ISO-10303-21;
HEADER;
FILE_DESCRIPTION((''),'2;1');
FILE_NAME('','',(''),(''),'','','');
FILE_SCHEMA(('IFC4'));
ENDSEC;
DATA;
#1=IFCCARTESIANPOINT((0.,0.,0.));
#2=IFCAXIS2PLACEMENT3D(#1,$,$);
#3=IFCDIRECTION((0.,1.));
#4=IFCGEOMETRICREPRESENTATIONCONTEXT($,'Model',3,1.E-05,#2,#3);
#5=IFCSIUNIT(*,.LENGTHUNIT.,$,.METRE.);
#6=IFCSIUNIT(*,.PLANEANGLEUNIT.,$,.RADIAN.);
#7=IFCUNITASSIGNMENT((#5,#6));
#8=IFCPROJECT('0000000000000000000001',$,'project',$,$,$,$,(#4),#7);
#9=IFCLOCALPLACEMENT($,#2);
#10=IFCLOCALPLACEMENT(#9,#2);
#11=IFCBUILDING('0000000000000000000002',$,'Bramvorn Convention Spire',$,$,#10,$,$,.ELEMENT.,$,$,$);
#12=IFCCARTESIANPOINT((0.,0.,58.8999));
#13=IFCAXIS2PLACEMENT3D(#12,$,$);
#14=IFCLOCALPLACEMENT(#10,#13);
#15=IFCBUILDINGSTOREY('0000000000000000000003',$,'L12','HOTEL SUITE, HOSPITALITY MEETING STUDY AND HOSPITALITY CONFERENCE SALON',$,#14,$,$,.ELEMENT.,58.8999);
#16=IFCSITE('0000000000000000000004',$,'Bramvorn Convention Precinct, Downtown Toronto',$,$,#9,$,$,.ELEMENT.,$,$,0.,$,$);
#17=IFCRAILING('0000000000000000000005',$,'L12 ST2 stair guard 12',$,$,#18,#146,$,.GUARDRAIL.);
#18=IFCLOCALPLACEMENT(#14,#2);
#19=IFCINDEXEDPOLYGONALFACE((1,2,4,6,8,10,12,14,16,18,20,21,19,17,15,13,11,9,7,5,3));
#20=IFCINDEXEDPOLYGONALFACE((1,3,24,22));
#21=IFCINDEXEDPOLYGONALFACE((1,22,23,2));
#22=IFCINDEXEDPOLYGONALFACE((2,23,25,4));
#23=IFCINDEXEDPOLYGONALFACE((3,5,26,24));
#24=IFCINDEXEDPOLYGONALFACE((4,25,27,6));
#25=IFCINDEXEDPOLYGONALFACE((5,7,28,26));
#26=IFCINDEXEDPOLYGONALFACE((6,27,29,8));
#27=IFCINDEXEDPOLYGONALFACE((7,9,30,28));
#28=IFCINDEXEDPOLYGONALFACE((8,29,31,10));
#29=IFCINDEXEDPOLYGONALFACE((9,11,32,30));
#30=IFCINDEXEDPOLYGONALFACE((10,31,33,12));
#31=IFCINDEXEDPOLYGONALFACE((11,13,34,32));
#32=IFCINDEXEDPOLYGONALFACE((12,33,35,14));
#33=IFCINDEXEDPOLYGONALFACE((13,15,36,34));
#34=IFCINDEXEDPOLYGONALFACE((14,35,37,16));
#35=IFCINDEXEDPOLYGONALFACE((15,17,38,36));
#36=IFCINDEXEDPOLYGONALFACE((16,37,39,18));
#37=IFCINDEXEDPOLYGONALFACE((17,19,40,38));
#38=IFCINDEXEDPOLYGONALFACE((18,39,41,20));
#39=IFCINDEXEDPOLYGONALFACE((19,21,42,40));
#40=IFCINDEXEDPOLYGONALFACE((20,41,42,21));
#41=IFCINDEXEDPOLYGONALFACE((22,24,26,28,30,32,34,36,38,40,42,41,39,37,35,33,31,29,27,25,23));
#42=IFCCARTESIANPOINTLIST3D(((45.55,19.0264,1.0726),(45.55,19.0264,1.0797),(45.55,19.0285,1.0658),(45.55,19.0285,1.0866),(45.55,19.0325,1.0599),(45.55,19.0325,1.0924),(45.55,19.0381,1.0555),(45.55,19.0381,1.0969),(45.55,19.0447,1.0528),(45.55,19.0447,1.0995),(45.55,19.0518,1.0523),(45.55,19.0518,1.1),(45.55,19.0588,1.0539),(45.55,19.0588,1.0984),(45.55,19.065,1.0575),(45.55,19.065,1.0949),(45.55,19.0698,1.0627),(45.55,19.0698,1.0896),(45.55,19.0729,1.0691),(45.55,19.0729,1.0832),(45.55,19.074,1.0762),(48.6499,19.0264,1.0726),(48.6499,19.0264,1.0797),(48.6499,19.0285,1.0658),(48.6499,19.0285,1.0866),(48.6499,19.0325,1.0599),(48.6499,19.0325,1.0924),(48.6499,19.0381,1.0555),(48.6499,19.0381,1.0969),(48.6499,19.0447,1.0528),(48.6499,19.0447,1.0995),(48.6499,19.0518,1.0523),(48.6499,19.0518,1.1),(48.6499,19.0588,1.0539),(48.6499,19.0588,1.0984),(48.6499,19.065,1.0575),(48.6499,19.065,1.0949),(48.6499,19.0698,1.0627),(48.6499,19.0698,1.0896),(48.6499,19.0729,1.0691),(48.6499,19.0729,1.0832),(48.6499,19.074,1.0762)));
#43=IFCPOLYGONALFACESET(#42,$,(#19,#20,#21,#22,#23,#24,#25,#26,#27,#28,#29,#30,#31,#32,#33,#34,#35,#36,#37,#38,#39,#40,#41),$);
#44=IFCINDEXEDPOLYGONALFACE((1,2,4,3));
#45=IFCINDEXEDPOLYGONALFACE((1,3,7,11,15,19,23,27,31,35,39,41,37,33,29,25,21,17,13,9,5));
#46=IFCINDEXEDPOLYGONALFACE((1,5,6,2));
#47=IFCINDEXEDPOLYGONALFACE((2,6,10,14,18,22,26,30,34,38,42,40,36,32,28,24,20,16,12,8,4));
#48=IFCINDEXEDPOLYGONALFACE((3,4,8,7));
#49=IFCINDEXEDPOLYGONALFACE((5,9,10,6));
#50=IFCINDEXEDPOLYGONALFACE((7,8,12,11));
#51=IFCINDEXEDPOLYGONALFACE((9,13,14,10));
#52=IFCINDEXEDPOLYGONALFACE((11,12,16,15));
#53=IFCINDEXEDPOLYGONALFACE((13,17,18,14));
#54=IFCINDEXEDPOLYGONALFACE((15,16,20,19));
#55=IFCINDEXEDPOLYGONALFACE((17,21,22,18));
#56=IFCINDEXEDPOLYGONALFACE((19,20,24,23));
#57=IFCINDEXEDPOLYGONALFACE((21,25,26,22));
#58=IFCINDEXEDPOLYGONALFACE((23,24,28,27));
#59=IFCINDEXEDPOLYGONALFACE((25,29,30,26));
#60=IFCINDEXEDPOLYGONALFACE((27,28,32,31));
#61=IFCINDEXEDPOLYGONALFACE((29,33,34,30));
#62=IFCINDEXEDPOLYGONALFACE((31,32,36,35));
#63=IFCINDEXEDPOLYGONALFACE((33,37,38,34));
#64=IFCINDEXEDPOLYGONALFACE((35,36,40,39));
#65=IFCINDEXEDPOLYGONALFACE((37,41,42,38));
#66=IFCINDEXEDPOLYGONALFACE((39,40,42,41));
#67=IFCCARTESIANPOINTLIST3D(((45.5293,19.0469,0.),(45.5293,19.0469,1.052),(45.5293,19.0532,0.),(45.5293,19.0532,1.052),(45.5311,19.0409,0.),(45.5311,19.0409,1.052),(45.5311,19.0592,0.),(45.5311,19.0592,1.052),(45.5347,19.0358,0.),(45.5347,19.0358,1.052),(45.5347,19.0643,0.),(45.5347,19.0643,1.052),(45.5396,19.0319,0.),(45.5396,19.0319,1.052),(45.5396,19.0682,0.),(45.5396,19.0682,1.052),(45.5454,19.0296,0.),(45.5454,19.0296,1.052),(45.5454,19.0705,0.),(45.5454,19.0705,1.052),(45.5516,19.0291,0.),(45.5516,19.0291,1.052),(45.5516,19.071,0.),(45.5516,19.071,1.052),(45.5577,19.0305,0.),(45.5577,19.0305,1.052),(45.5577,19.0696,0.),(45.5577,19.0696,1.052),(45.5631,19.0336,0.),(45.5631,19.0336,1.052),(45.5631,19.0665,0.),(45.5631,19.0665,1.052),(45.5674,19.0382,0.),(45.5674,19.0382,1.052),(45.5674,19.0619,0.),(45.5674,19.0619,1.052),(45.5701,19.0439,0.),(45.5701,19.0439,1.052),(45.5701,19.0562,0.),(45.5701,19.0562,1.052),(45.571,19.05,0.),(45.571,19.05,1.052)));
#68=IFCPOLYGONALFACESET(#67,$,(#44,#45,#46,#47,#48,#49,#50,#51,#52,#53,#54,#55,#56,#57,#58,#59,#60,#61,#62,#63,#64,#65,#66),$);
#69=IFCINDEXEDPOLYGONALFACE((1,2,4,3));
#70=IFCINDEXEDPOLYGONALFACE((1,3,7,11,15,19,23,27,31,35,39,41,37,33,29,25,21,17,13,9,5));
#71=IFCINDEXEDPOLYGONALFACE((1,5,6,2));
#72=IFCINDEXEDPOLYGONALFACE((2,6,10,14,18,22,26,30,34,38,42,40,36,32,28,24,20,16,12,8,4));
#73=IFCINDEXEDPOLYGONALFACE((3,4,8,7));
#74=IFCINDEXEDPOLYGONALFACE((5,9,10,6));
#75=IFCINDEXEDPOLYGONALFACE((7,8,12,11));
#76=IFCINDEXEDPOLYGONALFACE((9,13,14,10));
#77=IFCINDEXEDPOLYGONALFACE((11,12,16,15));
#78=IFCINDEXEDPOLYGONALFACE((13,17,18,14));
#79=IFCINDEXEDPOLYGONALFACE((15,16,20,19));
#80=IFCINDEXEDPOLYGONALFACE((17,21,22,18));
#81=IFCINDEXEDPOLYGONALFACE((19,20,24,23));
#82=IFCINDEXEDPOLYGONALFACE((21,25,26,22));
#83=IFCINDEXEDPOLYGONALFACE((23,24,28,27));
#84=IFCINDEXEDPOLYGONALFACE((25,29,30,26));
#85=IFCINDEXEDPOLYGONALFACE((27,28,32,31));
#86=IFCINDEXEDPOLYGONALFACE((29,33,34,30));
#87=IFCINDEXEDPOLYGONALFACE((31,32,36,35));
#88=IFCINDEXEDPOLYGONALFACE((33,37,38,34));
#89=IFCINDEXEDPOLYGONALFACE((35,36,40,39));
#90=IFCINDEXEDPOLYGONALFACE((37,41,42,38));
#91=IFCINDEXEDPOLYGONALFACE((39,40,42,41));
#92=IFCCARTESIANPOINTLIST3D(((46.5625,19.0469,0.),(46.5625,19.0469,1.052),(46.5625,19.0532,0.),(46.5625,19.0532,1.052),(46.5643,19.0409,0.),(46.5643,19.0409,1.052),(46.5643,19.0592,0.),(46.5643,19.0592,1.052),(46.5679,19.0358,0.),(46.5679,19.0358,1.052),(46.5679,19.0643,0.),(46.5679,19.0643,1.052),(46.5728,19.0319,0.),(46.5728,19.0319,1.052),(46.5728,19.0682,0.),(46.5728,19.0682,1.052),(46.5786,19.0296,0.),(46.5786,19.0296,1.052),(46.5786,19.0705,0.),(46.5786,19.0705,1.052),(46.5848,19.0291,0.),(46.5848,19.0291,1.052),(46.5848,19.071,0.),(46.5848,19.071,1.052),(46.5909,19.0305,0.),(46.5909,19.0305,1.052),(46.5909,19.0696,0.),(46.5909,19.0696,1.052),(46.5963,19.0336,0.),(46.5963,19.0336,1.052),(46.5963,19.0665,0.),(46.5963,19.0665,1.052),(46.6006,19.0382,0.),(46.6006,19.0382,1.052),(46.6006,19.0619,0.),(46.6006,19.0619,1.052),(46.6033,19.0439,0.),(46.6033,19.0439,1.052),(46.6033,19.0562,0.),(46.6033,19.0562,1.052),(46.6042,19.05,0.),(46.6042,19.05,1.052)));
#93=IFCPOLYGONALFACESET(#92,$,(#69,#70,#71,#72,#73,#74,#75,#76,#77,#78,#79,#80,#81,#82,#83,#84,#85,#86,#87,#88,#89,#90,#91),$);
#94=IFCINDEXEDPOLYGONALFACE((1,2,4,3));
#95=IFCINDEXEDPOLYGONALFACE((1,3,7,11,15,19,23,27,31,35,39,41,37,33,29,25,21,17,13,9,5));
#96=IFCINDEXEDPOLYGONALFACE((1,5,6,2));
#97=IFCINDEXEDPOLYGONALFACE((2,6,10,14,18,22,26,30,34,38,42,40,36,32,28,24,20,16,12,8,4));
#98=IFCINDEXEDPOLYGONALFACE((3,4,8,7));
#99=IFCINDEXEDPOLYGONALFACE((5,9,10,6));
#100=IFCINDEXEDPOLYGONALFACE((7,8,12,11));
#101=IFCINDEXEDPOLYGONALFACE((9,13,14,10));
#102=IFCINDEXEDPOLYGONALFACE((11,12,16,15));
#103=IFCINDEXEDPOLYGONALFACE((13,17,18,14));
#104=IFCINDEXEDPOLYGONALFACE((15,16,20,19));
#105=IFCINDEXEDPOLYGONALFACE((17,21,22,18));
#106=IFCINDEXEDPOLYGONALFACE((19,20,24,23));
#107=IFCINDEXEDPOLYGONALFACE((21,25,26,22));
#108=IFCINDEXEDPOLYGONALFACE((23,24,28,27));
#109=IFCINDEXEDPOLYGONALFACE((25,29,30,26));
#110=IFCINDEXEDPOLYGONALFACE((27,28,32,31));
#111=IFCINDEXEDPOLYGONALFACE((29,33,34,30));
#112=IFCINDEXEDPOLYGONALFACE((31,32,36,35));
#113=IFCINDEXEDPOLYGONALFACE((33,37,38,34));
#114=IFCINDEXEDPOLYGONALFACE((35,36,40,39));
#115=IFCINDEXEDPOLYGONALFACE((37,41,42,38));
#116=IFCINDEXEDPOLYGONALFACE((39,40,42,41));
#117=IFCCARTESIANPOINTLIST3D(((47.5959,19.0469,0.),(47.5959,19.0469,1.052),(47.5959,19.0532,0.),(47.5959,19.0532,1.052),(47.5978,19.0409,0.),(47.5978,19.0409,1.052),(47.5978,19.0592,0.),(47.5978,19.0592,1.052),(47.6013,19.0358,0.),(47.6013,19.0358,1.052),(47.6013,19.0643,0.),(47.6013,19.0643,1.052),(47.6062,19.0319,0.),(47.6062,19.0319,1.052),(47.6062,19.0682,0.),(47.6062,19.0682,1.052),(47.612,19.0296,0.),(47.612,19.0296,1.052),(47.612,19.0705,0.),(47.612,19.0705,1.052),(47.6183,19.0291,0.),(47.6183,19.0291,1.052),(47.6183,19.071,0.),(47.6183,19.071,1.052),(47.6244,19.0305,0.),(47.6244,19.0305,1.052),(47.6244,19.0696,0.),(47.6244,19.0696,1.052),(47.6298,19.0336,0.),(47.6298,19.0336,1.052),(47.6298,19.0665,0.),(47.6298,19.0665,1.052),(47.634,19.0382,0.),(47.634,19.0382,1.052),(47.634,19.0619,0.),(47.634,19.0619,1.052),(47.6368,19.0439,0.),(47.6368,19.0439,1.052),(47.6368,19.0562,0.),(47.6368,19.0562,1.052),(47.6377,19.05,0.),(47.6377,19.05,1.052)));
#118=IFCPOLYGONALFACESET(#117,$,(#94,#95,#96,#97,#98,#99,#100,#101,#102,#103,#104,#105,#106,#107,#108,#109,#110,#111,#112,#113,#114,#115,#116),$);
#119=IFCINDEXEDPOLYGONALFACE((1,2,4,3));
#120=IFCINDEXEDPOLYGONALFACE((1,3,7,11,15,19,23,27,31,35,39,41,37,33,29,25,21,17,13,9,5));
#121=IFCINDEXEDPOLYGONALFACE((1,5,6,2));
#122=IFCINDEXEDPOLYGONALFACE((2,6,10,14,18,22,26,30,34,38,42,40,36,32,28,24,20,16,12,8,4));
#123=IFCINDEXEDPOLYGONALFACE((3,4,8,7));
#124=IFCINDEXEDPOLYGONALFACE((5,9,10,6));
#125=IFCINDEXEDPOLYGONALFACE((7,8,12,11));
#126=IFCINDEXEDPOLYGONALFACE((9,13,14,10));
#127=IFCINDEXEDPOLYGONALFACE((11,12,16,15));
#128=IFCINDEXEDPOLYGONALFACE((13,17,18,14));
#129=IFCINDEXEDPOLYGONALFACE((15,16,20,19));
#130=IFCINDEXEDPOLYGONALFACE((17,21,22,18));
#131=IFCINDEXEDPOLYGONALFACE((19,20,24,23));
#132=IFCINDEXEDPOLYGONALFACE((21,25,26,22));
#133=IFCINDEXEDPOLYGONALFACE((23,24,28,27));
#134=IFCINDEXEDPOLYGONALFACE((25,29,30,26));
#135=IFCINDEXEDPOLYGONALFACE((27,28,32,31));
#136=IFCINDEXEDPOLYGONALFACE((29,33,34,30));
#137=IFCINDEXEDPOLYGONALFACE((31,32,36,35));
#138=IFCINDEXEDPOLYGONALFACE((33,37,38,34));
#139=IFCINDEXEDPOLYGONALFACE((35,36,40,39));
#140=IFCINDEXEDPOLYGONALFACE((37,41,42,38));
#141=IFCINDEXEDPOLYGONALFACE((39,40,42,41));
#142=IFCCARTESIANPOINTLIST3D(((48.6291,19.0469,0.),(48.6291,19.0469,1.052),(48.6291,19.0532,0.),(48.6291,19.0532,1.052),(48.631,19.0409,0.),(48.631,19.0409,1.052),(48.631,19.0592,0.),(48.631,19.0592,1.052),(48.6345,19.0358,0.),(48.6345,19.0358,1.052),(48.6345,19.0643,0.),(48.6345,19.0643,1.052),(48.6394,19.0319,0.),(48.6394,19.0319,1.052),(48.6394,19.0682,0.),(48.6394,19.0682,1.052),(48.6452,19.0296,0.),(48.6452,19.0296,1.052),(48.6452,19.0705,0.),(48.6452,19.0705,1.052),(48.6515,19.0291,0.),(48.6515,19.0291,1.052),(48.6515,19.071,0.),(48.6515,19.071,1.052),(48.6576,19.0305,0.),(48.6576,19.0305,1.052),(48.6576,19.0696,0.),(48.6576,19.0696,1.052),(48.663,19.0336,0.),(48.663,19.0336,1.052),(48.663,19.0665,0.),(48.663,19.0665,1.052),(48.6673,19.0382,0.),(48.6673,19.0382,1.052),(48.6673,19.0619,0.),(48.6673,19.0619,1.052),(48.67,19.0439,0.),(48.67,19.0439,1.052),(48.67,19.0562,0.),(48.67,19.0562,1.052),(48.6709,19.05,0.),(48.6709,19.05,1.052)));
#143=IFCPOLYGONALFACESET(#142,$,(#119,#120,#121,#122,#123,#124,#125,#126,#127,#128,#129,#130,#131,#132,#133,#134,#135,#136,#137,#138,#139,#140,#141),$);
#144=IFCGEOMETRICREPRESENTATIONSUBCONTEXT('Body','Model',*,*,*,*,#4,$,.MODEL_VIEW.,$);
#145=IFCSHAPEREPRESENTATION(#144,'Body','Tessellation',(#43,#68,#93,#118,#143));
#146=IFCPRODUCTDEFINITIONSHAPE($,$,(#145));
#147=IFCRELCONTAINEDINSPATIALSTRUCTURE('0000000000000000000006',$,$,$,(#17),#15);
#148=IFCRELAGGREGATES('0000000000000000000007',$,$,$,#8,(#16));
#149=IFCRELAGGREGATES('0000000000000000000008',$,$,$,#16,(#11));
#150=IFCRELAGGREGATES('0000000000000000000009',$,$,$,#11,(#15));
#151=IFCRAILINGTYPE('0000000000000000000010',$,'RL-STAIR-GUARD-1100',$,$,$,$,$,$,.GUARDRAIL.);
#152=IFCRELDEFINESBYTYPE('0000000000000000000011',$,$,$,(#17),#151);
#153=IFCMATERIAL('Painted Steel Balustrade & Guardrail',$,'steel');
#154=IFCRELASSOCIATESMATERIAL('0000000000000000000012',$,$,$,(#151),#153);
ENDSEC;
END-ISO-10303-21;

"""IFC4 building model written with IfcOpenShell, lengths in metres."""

from ifc_helpers import new_model, si_unit, direction, frame, origin, origin_2d, place, context, subcontext, project, spatial, circle, extrude, material, type_object, element, save


model = new_model("IFC4")

# Units and contexts
model_context = context("Model", 3, precision=1e-05, world=origin(), true_north=direction((0.0, 1.0)))
body_context = subcontext(model_context, "Body", "Model", "MODEL_VIEW")
ifc_project = project(units=[si_unit("LENGTHUNIT", "METRE"), si_unit("PLANEANGLEUNIT", "RADIAN")], contexts=[model_context])

# Site, building, storey
site_placement = place(None, origin())
site = spatial("IfcSite", under=ifc_project, at=site_placement, Name="Bramvorn Convention Precinct, Downtown Toronto", CompositionType="ELEMENT", RefElevation=0.0)
building_placement = place(site_placement, origin())
building = spatial("IfcBuilding", under=site, at=building_placement, Name="Bramvorn Convention Spire", CompositionType="ELEMENT")
storey_placement = place(building_placement, frame((0.0, 0.0, 58.8999)))
storey = spatial("IfcBuildingStorey", under=building, at=storey_placement, Name="L12", Description="HOTEL SUITE, HOSPITALITY MEETING STUDY AND HOSPITALITY CONFERENCE SALON", CompositionType="ELEMENT", Elevation=58.8999)

# Railing
ifc_material_1 = material(Name="Painted Steel Balustrade & Guardrail", Category="steel")
railing_type = type_object("IfcRailingType", Name="RL-STAIR-GUARD-1100", PredefinedType="GUARDRAIL", material=ifc_material_1)
railing_1_placement = place(storey_placement, frame((45.55, 19.05, 0.0)))
element("IfcRailing", 1, at=railing_1_placement, inside=storey, type_object=railing_type, Name="L12 ST2 stair guard 12", PredefinedType="GUARDRAIL", context=body_context, shape_type="SweptSolid", body=[
    extrude(circle(Radius=0.0239, at=origin_2d()), frame((0.0, 0.0, 1.0762), z_axis=(1.0, 0.0, 0.0), x_axis=(0.0, 1.0, 0.0)), (0.0, 0.0, 1.0), 3.0999),
    extrude(circle(Radius=0.021, at=origin_2d()), origin(), (0.0, 0.0, 1.0), 1.052),
    extrude(circle(Radius=0.021, at=origin_2d()), frame((1.0332, 0.0, 0.0)), (0.0, 0.0, 1.0), 1.052),
    extrude(circle(Radius=0.021, at=origin_2d()), frame((2.0667, 0.0, 0.0)), (0.0, 0.0, 1.0), 1.052),
    extrude(circle(Radius=0.021, at=origin_2d()), frame((3.0999, 0.0, 0.0)), (0.0, 0.0, 1.0), 1.052),
])

save(model, "model.ifc")
